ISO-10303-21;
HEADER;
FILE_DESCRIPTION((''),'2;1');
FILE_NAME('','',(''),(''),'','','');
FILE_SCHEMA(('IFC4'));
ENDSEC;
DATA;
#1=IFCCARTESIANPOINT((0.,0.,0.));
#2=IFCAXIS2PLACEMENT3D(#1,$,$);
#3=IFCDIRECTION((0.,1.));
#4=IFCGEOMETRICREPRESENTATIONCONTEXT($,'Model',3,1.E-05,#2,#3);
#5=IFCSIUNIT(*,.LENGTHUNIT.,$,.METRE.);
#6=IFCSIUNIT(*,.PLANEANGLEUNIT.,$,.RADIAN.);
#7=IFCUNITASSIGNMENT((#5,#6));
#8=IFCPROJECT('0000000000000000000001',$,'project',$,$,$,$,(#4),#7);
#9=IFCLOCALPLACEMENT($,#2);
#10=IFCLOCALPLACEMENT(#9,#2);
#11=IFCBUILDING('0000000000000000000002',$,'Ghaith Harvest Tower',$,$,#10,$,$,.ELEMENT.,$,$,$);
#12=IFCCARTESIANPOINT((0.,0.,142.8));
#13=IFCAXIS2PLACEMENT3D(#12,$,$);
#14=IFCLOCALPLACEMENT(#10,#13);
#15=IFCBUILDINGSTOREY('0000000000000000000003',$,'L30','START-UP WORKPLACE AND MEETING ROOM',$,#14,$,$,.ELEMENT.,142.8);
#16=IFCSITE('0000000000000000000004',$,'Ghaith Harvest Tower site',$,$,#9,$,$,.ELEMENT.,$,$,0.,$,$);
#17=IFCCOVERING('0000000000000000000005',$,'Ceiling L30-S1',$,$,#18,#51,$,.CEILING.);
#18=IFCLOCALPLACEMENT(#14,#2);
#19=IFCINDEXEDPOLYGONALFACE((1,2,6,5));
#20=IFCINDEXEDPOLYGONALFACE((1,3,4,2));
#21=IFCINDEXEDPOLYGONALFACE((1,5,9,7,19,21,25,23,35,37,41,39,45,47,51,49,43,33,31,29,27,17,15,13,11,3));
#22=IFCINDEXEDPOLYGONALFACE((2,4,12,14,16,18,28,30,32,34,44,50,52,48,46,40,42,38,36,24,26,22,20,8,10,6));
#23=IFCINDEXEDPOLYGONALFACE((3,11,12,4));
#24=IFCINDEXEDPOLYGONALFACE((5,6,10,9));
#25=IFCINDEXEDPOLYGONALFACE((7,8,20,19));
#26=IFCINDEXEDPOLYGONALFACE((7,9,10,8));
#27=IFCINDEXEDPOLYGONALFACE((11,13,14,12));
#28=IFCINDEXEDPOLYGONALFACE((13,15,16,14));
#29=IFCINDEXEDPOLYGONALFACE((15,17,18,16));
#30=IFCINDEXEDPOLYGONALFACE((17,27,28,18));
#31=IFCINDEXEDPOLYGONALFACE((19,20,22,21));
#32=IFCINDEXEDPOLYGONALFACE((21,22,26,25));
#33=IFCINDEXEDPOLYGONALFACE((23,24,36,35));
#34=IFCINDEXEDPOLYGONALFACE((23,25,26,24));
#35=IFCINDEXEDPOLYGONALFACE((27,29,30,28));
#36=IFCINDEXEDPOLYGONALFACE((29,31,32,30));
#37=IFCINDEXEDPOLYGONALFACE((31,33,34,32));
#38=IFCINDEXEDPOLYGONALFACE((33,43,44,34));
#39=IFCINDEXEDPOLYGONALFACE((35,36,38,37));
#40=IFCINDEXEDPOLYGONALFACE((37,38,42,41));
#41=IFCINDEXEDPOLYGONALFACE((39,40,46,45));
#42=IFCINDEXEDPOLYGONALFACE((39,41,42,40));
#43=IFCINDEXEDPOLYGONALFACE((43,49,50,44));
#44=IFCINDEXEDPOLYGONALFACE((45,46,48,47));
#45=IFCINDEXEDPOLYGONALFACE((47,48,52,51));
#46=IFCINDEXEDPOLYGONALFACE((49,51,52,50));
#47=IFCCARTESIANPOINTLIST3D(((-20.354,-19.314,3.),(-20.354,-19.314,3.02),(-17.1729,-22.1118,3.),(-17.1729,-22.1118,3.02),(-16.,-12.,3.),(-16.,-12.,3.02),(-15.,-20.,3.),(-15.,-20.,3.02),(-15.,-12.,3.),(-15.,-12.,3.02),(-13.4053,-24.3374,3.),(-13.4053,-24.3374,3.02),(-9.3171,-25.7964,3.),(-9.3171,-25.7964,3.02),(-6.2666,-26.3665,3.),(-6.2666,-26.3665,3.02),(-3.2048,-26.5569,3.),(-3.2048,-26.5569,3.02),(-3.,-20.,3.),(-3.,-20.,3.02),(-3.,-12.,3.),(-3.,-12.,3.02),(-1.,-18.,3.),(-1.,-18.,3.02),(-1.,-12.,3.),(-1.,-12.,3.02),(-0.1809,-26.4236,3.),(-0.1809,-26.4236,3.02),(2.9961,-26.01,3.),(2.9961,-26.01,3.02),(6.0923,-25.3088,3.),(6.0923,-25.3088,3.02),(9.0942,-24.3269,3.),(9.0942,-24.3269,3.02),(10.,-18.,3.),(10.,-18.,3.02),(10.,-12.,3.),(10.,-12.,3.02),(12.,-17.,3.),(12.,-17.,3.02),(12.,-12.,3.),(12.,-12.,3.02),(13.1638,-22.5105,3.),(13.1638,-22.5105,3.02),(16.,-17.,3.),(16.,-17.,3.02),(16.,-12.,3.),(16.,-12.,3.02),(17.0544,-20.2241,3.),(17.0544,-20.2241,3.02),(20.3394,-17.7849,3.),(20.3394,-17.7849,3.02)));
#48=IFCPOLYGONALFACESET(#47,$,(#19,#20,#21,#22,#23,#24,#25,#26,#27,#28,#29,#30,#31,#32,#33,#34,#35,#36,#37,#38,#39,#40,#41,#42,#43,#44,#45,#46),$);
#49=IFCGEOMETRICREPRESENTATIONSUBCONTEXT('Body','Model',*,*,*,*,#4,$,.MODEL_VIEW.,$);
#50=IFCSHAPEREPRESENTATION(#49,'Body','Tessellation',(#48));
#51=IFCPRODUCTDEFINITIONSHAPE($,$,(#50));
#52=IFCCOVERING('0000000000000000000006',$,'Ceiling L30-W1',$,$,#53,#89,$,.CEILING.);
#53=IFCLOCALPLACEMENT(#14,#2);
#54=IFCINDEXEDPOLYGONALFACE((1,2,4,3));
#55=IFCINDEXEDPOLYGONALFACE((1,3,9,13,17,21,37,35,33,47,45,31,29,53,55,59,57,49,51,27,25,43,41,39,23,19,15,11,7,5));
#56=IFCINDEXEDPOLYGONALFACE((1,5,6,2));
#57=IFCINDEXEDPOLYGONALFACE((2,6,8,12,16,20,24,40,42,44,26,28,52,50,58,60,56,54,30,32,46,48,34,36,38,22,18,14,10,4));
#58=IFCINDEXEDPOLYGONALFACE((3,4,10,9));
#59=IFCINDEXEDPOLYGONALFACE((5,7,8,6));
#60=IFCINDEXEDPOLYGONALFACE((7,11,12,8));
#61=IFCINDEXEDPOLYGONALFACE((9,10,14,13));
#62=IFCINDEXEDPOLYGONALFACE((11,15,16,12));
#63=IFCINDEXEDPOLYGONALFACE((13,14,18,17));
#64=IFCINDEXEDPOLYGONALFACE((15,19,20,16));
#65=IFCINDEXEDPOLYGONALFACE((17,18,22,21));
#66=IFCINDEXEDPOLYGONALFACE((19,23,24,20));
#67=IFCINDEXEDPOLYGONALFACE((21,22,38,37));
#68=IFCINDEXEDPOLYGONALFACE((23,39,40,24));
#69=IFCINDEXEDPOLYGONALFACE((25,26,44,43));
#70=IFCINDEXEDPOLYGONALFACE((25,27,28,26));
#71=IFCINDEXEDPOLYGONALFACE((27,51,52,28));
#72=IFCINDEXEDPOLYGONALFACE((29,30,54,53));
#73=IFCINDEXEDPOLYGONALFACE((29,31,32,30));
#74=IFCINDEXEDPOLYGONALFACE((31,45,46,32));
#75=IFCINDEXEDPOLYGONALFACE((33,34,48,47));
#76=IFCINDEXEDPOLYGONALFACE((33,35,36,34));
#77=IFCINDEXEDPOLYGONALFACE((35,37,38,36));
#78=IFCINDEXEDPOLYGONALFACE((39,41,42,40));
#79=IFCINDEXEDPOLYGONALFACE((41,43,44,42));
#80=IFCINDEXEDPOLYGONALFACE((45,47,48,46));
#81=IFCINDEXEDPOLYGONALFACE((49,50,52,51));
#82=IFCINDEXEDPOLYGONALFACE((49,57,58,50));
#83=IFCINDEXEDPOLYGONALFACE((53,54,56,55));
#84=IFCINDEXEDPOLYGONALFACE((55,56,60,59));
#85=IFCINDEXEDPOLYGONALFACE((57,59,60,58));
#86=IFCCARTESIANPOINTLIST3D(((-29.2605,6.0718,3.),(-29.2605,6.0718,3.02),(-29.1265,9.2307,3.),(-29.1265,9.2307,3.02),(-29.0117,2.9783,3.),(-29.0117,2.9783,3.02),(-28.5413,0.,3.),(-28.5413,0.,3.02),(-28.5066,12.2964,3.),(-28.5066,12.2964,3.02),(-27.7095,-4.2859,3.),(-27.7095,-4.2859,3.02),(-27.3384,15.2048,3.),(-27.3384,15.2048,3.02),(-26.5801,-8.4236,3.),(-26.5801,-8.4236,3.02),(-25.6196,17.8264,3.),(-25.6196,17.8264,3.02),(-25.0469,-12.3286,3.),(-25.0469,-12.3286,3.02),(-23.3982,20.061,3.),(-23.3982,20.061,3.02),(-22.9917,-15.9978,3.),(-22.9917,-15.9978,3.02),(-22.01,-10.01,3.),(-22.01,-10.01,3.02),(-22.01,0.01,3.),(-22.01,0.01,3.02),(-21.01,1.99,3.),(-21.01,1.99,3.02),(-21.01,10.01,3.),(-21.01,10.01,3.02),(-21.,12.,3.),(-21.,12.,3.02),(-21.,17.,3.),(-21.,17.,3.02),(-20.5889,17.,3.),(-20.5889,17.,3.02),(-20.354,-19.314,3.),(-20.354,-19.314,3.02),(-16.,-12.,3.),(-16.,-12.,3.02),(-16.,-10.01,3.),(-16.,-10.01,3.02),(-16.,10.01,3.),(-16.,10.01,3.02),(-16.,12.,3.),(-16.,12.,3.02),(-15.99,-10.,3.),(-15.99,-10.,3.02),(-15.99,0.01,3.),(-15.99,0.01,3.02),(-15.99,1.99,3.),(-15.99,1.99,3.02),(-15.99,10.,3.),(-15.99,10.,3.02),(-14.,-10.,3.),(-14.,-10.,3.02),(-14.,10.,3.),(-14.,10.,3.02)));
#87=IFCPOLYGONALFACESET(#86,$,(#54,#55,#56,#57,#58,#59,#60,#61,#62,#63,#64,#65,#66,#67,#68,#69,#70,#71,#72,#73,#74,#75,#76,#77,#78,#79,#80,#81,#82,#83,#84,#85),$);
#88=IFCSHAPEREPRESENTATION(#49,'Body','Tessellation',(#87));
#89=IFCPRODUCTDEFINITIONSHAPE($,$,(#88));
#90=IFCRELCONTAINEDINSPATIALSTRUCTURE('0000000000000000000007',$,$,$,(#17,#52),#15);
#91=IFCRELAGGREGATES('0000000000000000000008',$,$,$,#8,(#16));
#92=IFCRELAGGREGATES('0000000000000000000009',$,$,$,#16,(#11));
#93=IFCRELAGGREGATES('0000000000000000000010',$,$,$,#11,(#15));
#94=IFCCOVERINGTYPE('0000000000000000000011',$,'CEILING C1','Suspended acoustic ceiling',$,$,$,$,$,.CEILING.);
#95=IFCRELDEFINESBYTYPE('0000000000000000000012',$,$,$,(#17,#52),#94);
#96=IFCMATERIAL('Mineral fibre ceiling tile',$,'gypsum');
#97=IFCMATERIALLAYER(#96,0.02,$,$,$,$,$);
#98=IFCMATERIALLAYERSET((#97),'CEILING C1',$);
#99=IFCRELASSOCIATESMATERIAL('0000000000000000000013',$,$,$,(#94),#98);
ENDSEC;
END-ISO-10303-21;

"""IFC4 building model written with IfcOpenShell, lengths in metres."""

from ifc_helpers import new_model, si_unit, direction, frame, origin, place, context, subcontext, project, spatial, polyline, outline, extrude, material, layer, layer_set, type_object, element, save


model = new_model("IFC4")

# Units and contexts
model_context = context("Model", 3, precision=1e-05, world=origin(), true_north=direction((0.0, 1.0)))
body_context = subcontext(model_context, "Body", "Model", "MODEL_VIEW")
ifc_project = project(units=[si_unit("LENGTHUNIT", "METRE"), si_unit("PLANEANGLEUNIT", "RADIAN")], contexts=[model_context])

# Site, building, storey
site_placement = place(None, origin())
site = spatial("IfcSite", under=ifc_project, at=site_placement, Name="Ghaith Harvest Tower site", CompositionType="ELEMENT", RefElevation=0.0)
building_placement = place(site_placement, origin())
building = spatial("IfcBuilding", under=site, at=building_placement, Name="Ghaith Harvest Tower", CompositionType="ELEMENT")
storey_placement = place(building_placement, frame((0.0, 0.0, 142.8)))
storey = spatial("IfcBuildingStorey", under=building, at=storey_placement, Name="L30", Description="START-UP WORKPLACE AND MEETING ROOM", CompositionType="ELEMENT", Elevation=142.8)

# Coverings
ifc_material_1 = material(Name="Mineral fibre ceiling tile", Category="gypsum")
ifc_layer_1 = layer(ifc_material_1, 0.02)
ifc_layer_set_1 = layer_set([ifc_layer_1], Name="CEILING C1")
covering_type = type_object("IfcCoveringType", Name="CEILING C1", Description="Suspended acoustic ceiling", PredefinedType="CEILING", material=ifc_layer_set_1)
covering_1_placement = place(storey_placement, frame((0.0, 0.0, 3.0)))
element("IfcCovering", 1, at=covering_1_placement, inside=storey, type_object=covering_type, Name="Ceiling L30-S1", PredefinedType="CEILING", context=body_context, shape_type="SweptSolid", body=[
    extrude(outline(polyline([(17.0544, -20.2241), (13.1638, -22.5105), (9.0942, -24.3269), (6.0923, -25.3088), (2.9961, -26.01), (-0.1809, -26.4236), (-3.2048, -26.5569), (-6.2666, -26.3665), (-9.3171, -25.7964), (-13.4053, -24.3374), (-17.1729, -22.1118), (-20.354, -19.314), (-16.0, -12.0), (-15.0, -12.0), (-15.0, -20.0), (-3.0, -20.0), (-3.0, -12.0), (-1.0, -12.0), (-1.0, -18.0), (10.0, -18.0), (10.0, -12.0), (12.0, -12.0), (12.0, -17.0), (16.0, -17.0), (16.0, -12.0), (20.3394, -17.7849), (17.0544, -20.2241)])), origin(), (0.0, 0.0, 1.0), 0.02),
])
covering_2_placement = place(storey_placement, frame((0.0, 0.0, 3.0)))
element("IfcCovering", 2, at=covering_2_placement, inside=storey, type_object=covering_type, Name="Ceiling L30-W1", PredefinedType="CEILING", context=body_context, shape_type="SweptSolid", body=[
    extrude(outline(polyline([(-29.1265, 9.2307), (-28.5066, 12.2964), (-27.3384, 15.2048), (-25.6196, 17.8264), (-23.3982, 20.061), (-20.5889, 17.0), (-21.0, 17.0), (-21.0, 12.0), (-16.0, 12.0), (-16.0, 10.01), (-21.01, 10.01), (-21.01, 1.99), (-15.99, 1.99), (-15.99, 10.0), (-14.0, 10.0), (-14.0, -10.0), (-15.99, -10.0), (-15.99, 0.01), (-22.01, 0.01), (-22.01, -10.01), (-16.0, -10.01), (-16.0, -12.0), (-20.354, -19.314), (-22.9917, -15.9978), (-25.0469, -12.3286), (-26.5801, -8.4236), (-27.7095, -4.2859), (-28.5413, 0.0), (-29.0117, 2.9783), (-29.2605, 6.0718), (-29.1265, 9.2307)])), origin(), (0.0, 0.0, 1.0), 0.02),
])

save(model, "model.ifc")
